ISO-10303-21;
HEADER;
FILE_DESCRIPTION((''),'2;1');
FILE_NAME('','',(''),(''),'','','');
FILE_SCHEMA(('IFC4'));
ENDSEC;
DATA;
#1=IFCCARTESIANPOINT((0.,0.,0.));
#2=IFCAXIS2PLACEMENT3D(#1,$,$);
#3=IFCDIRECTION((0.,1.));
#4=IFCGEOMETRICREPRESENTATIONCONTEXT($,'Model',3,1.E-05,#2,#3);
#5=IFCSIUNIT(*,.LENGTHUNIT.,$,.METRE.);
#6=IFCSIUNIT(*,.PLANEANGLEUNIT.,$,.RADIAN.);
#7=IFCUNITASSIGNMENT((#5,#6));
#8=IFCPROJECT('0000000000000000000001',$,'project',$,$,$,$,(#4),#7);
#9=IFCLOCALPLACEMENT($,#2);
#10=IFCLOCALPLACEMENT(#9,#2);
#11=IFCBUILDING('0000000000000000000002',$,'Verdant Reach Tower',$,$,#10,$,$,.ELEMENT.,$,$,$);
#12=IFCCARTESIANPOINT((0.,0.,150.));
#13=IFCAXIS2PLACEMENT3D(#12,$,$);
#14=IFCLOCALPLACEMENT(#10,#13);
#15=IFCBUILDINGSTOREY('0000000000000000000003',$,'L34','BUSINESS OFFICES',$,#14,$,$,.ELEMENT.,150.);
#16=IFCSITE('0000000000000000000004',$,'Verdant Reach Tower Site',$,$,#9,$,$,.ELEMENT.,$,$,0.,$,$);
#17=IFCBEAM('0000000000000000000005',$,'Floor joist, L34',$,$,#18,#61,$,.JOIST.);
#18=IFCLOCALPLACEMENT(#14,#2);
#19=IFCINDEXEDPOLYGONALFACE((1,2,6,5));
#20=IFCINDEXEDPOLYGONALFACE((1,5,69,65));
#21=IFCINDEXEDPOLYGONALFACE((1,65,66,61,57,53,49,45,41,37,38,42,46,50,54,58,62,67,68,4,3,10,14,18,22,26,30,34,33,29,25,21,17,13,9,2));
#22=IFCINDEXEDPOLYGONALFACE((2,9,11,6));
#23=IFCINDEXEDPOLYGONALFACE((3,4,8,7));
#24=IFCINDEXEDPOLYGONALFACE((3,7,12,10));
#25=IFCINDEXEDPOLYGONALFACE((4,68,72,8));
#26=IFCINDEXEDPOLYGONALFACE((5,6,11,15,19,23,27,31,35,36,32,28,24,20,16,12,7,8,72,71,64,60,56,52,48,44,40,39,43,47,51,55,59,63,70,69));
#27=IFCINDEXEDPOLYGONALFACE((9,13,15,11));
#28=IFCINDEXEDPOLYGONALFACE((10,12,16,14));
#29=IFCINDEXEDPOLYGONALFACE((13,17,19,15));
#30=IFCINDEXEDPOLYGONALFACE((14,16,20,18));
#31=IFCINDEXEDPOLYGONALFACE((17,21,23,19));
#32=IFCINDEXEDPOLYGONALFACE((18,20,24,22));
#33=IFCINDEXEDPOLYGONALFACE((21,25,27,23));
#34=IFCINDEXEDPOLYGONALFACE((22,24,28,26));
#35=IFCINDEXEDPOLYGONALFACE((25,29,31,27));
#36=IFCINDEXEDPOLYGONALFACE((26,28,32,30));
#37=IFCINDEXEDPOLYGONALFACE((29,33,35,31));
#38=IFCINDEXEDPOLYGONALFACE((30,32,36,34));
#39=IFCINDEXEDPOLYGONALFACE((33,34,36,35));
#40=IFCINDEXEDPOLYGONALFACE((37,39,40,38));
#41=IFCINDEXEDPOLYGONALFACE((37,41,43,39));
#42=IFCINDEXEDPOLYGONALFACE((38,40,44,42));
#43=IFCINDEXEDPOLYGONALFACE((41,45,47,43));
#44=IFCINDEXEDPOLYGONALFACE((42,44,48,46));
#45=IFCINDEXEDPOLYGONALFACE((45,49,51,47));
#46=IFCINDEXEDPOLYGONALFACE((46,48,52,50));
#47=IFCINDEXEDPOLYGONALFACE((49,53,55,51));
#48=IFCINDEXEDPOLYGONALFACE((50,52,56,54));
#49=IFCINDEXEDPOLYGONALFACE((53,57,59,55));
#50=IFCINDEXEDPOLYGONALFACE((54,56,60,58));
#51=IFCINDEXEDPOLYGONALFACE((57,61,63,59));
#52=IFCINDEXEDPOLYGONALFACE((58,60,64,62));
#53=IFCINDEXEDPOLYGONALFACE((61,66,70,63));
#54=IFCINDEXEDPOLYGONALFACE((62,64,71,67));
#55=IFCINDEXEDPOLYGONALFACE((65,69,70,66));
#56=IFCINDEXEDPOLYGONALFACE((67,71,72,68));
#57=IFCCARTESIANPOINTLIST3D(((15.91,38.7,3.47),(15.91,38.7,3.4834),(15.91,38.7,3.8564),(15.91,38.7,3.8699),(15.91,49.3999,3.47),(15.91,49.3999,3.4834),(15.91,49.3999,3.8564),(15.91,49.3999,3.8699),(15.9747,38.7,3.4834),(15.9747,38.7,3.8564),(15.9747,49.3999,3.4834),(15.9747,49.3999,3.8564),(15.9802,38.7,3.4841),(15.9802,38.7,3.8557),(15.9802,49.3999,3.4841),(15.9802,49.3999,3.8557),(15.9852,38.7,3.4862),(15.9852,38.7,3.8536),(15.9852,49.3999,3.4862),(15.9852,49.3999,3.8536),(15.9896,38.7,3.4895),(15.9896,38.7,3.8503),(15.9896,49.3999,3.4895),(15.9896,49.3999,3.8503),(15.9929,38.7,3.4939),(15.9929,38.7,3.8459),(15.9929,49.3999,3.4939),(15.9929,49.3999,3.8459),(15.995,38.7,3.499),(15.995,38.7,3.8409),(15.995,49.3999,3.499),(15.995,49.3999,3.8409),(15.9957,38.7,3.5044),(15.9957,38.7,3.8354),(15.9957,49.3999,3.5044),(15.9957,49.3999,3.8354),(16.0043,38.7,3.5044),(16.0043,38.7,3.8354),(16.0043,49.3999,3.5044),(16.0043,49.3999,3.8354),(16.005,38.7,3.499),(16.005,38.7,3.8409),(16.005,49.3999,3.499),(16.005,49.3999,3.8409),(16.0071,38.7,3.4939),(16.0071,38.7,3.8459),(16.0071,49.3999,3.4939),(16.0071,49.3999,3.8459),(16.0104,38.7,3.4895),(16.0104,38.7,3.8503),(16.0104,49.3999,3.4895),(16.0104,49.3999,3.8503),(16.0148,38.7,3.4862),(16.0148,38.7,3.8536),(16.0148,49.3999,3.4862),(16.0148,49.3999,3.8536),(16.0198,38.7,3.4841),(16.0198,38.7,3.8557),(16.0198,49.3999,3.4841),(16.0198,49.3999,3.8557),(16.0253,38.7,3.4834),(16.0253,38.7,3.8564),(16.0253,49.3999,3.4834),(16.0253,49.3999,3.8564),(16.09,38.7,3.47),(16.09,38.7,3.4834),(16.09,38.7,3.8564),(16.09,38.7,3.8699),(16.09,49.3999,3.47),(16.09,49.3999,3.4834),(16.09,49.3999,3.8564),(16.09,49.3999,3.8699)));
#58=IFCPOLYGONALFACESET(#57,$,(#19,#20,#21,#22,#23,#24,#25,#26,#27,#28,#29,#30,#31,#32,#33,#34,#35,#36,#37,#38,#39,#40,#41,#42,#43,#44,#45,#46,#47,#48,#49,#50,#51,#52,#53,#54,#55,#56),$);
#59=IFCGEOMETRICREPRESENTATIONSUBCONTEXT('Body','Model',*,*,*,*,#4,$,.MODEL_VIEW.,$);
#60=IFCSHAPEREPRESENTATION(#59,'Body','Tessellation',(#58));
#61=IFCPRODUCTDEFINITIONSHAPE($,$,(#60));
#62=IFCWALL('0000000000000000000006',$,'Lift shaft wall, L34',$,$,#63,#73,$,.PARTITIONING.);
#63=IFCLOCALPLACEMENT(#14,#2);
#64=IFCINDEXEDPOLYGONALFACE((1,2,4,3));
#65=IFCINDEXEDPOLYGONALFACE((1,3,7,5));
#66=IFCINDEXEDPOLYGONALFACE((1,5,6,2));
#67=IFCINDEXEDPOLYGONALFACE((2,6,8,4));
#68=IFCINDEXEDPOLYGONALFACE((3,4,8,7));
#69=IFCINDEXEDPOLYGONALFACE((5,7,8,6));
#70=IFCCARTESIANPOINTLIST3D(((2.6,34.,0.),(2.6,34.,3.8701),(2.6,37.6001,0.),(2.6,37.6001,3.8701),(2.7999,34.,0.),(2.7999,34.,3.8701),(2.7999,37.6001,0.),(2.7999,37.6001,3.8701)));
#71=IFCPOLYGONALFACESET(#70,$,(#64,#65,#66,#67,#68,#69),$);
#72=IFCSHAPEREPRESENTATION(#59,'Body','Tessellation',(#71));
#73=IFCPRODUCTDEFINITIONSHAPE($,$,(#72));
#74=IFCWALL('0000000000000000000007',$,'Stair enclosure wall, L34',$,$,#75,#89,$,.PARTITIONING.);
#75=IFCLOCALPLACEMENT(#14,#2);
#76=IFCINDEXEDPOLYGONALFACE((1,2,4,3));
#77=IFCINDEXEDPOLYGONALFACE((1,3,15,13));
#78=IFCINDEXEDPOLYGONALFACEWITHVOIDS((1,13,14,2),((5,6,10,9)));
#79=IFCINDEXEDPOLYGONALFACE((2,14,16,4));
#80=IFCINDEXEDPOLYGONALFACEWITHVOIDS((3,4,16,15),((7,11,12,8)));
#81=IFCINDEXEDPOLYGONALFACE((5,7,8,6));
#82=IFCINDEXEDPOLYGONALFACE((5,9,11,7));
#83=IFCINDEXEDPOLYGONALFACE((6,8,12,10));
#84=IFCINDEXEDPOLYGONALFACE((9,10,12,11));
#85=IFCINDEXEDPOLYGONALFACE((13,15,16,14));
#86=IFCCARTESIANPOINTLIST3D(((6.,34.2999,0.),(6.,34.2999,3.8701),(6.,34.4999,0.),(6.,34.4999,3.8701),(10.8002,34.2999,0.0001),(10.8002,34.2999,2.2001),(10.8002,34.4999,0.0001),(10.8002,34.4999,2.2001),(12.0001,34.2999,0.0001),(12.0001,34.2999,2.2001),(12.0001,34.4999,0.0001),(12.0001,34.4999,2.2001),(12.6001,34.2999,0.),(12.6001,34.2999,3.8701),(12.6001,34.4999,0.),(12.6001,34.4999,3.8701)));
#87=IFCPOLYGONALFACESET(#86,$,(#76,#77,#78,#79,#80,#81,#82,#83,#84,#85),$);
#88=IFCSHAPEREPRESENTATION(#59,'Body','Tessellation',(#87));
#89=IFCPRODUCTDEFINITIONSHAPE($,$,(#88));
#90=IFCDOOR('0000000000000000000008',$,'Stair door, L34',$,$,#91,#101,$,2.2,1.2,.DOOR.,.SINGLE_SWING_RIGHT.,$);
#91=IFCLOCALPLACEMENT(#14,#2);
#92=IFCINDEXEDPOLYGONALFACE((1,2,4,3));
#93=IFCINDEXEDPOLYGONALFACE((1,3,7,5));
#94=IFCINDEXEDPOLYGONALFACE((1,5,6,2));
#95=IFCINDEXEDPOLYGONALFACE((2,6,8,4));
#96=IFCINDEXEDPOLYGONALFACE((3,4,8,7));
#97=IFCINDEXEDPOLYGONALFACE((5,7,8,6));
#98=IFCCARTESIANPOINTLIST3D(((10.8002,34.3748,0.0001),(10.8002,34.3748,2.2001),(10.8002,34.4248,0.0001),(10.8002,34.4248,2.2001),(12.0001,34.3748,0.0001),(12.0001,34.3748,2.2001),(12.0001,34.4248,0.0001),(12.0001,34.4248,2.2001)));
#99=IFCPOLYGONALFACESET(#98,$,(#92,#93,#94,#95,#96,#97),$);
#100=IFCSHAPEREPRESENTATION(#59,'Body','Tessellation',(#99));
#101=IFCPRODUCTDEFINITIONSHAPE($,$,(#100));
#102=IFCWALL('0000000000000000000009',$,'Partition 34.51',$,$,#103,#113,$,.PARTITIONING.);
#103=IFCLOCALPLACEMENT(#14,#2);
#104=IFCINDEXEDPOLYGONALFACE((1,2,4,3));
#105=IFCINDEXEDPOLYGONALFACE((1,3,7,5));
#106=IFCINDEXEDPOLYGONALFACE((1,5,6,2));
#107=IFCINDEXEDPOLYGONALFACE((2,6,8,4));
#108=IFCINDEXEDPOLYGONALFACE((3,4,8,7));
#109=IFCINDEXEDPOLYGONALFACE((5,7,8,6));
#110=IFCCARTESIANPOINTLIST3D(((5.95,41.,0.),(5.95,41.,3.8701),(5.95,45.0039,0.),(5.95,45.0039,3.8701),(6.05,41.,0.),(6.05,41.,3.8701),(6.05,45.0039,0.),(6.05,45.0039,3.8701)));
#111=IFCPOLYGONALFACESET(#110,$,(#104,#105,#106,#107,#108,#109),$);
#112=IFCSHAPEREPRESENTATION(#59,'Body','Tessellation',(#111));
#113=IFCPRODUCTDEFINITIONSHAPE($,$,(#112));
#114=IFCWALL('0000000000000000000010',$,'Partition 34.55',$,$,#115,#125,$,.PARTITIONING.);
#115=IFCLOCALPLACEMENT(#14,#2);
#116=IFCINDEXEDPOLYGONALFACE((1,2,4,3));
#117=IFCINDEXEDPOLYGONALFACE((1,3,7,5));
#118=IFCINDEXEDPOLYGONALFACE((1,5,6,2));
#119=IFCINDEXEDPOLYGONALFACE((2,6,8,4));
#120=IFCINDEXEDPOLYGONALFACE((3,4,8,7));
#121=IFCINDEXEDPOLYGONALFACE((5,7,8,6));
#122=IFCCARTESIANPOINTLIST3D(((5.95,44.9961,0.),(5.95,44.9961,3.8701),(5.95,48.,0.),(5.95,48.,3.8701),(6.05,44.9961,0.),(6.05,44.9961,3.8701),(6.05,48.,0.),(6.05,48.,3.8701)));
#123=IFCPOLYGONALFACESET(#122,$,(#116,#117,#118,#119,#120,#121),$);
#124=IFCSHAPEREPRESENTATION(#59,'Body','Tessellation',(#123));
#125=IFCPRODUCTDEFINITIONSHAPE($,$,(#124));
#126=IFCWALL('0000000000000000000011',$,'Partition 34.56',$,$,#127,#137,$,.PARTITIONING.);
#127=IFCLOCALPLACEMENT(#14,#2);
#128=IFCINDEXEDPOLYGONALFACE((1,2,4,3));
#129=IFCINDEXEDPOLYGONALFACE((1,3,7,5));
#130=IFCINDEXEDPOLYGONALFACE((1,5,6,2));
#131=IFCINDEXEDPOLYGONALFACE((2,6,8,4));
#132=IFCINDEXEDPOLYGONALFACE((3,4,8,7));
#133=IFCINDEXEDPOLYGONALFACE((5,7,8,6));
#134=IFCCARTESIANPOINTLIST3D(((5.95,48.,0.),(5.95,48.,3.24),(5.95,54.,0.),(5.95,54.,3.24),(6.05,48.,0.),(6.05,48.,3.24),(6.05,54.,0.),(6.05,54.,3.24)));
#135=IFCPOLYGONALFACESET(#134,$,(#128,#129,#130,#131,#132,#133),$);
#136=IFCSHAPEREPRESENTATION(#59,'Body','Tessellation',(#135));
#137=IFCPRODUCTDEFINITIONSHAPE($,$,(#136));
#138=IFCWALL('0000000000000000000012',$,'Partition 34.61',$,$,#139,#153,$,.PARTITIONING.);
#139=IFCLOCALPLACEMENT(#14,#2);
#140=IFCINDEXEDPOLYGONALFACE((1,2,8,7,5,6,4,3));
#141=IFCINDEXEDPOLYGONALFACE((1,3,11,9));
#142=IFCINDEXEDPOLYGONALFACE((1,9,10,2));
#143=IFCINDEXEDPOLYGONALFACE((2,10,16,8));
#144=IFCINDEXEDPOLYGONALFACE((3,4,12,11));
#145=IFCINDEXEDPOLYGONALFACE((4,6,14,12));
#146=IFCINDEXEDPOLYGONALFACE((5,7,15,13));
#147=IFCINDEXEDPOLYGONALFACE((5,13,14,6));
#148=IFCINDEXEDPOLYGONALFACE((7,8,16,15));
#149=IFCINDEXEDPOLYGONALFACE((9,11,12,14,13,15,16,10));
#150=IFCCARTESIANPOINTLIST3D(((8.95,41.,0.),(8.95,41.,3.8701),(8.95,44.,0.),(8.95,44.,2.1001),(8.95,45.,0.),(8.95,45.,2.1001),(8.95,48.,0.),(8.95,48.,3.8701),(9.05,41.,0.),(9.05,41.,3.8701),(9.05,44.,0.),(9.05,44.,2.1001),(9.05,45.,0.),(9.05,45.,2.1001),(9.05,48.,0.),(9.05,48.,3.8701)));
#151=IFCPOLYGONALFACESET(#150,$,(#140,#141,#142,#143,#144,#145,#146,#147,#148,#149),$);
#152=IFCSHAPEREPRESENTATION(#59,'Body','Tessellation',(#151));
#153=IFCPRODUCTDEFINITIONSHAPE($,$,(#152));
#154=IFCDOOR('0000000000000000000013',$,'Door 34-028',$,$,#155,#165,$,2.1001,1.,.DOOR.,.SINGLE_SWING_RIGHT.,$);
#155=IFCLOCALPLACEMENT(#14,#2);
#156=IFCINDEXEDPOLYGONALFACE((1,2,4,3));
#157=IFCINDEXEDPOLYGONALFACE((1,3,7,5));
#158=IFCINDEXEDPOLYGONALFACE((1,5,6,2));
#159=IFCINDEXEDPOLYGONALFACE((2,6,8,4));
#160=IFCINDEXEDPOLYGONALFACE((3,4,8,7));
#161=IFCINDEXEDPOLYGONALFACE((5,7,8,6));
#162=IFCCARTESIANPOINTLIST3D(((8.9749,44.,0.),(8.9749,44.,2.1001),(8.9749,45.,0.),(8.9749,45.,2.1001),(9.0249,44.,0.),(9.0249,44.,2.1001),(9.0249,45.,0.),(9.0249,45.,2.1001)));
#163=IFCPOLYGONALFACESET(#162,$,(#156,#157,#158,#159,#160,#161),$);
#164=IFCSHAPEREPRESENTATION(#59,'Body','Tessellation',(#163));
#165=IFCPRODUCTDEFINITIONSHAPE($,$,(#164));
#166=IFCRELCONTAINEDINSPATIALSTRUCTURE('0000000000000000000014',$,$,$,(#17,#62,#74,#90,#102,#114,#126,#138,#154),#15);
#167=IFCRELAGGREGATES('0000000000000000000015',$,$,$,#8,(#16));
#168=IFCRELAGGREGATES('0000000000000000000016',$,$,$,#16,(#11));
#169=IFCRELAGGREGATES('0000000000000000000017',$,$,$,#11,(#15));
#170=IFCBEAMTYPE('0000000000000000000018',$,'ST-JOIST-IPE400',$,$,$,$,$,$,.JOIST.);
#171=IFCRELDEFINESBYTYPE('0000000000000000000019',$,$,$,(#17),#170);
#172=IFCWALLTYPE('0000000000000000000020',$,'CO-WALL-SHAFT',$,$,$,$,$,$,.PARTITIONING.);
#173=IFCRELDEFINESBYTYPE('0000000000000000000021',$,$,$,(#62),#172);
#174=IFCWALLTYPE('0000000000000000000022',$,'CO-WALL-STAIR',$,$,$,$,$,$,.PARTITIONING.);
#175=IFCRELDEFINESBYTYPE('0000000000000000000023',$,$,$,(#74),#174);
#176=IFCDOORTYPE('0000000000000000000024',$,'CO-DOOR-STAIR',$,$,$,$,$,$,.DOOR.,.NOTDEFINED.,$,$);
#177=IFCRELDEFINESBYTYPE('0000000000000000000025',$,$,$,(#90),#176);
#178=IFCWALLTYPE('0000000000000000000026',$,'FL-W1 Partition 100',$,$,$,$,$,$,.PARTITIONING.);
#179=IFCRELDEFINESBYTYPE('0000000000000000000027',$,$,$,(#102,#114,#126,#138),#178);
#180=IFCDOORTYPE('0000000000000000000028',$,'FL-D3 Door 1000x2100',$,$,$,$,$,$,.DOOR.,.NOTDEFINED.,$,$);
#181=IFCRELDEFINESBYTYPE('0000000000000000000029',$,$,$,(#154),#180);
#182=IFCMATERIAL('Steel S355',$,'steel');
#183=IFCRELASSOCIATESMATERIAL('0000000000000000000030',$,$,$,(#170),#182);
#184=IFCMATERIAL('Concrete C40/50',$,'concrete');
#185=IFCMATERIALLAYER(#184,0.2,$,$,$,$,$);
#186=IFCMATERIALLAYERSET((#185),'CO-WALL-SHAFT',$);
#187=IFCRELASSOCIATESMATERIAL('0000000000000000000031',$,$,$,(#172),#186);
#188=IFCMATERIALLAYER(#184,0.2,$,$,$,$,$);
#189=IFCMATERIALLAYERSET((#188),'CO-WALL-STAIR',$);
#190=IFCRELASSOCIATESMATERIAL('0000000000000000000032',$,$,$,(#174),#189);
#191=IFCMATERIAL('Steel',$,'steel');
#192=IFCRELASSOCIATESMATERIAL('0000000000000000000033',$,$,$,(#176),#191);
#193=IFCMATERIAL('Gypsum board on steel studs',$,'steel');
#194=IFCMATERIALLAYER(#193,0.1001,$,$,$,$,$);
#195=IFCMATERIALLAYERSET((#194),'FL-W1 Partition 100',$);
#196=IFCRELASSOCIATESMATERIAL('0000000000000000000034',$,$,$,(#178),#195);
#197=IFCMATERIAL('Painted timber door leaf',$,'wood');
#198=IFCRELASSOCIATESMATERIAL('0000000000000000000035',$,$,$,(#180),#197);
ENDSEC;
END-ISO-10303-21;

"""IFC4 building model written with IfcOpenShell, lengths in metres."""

from ifc_helpers import new_model, si_unit, direction, frame, frame_2d, origin, origin_2d, place, context, subcontext, project, spatial, rectangle, i_section, extrude, material, layer, layer_set, material_profile, profile_set, type_object, element, fill, save


model = new_model("IFC4")

# Units and contexts
model_context = context("Model", 3, precision=1e-05, world=origin(), true_north=direction((0.0, 1.0)))
body_context = subcontext(model_context, "Body", "Model", "MODEL_VIEW")
ifc_project = project(units=[si_unit("LENGTHUNIT", "METRE"), si_unit("PLANEANGLEUNIT", "RADIAN")], contexts=[model_context])

# Site, building, storey
site_placement = place(None, origin())
site = spatial("IfcSite", under=ifc_project, at=site_placement, Name="Verdant Reach Tower Site", CompositionType="ELEMENT", RefElevation=0.0)
building_placement = place(site_placement, origin())
building = spatial("IfcBuilding", under=site, at=building_placement, Name="Verdant Reach Tower", CompositionType="ELEMENT")
storey_placement = place(building_placement, frame((0.0, 0.0, 150.0)))
storey = spatial("IfcBuildingStorey", under=building, at=storey_placement, Name="L34", Description="BUSINESS OFFICES", CompositionType="ELEMENT", Elevation=150.0)

# Beam
ifc_material_1 = material(Name="Steel S355", Category="steel")
ifc_material_profile_1 = material_profile(ifc_material_1, i_section(OverallWidth=0.1799, OverallDepth=0.3999, WebThickness=0.0085, FlangeThickness=0.0134, FilletRadius=0.021, at=origin_2d()), Name="IPE 400")
ifc_profile_set_1 = profile_set([ifc_material_profile_1], Name="Steel S355")
beam_type_1 = type_object("IfcBeamType", Name="ST-JOIST-IPE400", PredefinedType="JOIST", material=ifc_profile_set_1)
beam_1_placement = place(storey_placement, frame((16.0, 38.7, 3.6699), z_axis=(0.0, 1.0, 0.0), x_axis=(-1.0, 0.0, 0.0)))
element("IfcBeam", 1, at=beam_1_placement, inside=storey, type_object=beam_type_1, Name="Floor joist, L34", PredefinedType="JOIST", context=body_context, shape_type="SweptSolid", body=[
    extrude(i_section(OverallWidth=0.1799, OverallDepth=0.3999, WebThickness=0.0085, FlangeThickness=0.0134, FilletRadius=0.021, at=origin_2d()), origin(), (0.0, 0.0, 1.0), 10.7),
])

# Wall
ifc_material_2 = material(Name="Concrete C40/50", Category="concrete")
ifc_layer_1 = layer(ifc_material_2, 0.2)
ifc_layer_set_1 = layer_set([ifc_layer_1], Name="CO-WALL-SHAFT")
wall_type_1 = type_object("IfcWallType", Name="CO-WALL-SHAFT", PredefinedType="PARTITIONING", material=ifc_layer_set_1)
wall_1_placement = place(storey_placement, frame((2.7, 34.0, 0.0), z_axis=(0.0, 0.0, 1.0), x_axis=(0.0, 1.0, 0.0)))
element("IfcWall", 2, at=wall_1_placement, inside=storey, type_object=wall_type_1, Name="Lift shaft wall, L34", PredefinedType="PARTITIONING", context=body_context, shape_type="SweptSolid", body=[
    extrude(rectangle(XDim=3.6001, YDim=0.2, at=frame_2d((1.8, 0.0))), origin(), (0.0, 0.0, 1.0), 3.8701),
])

# Wall, opening, door
ifc_layer_2 = layer(ifc_material_2, 0.2)
ifc_layer_set_2 = layer_set([ifc_layer_2], Name="CO-WALL-STAIR")
wall_type_2 = type_object("IfcWallType", Name="CO-WALL-STAIR", PredefinedType="PARTITIONING", material=ifc_layer_set_2)
wall_2_placement = place(storey_placement, frame((6.0, 34.3999, 0.0), z_axis=(0.0, 0.0, 1.0), x_axis=(1.0, 0.0, 0.0)))
wall_2 = element("IfcWall", 3, at=wall_2_placement, inside=storey, type_object=wall_type_2, Name="Stair enclosure wall, L34", PredefinedType="PARTITIONING", context=body_context, shape_type="SweptSolid", body=[
    extrude(rectangle(XDim=6.6001, YDim=0.2, at=frame_2d((3.3, 0.0))), origin(), (0.0, 0.0, 1.0), 3.8701),
])
opening_1_placement = place(wall_2_placement, frame((4.8, 0.0, 0.0)))
opening_1 = element("IfcOpeningElement", 4, at=opening_1_placement, cuts=wall_2, PredefinedType="OPENING", context=body_context, shape_type="SweptSolid", body=[
    extrude(rectangle(XDim=1.2, YDim=2.2, at=frame_2d((0.6001, 1.1001))), frame((0.0, 0.1099, 0.0), z_axis=(0.0, -1.0, 0.0), x_axis=(1.0, 0.0, 0.0)), (0.0, 0.0, 1.0), 0.22),
])
ifc_material_3 = material(Name="Steel", Category="steel")
door_type_1 = type_object("IfcDoorType", Name="CO-DOOR-STAIR", OperationType="NOTDEFINED", PredefinedType="DOOR", material=ifc_material_3)
door_1_placement = place(opening_1_placement, origin())
door_1 = element("IfcDoor", 5, at=door_1_placement, inside=storey, type_object=door_type_1, Name="Stair door, L34", OperationType="SINGLE_SWING_RIGHT", OverallHeight=2.2, OverallWidth=1.2, PredefinedType="DOOR", context=body_context, shape_type="SweptSolid", body=[
    extrude(rectangle(XDim=1.2, YDim=2.2, at=frame_2d((0.6001, 1.1001))), frame((0.0, 0.0249, 0.0), z_axis=(0.0, -1.0, 0.0), x_axis=(1.0, 0.0, 0.0)), (0.0, 0.0, 1.0), 0.05),
])
fill(opening_1, door_1)

# Walls
ifc_material_4 = material(Name="Gypsum board on steel studs", Category="steel")
ifc_layer_3 = layer(ifc_material_4, 0.1001)
ifc_layer_set_3 = layer_set([ifc_layer_3], Name="FL-W1 Partition 100")
wall_type_3 = type_object("IfcWallType", Name="FL-W1 Partition 100", PredefinedType="PARTITIONING", material=ifc_layer_set_3)
wall_3_placement = place(storey_placement, frame((6.0, 41.0, 0.0), z_axis=(0.0, 0.0, 1.0), x_axis=(0.0, 1.0, 0.0)))
element("IfcWall", 6, at=wall_3_placement, inside=storey, type_object=wall_type_3, Name="Partition 34.51", PredefinedType="PARTITIONING", context=body_context, shape_type="SweptSolid", body=[
    extrude(rectangle(XDim=4.0039, YDim=0.1001, at=frame_2d((2.002, 0.0))), origin(), (0.0, 0.0, 1.0), 3.8701),
])
wall_4_placement = place(storey_placement, frame((6.0, 44.9961, 0.0), z_axis=(0.0, 0.0, 1.0), x_axis=(0.0, 1.0, 0.0)))
element("IfcWall", 7, at=wall_4_placement, inside=storey, type_object=wall_type_3, Name="Partition 34.55", PredefinedType="PARTITIONING", context=body_context, shape_type="SweptSolid", body=[
    extrude(rectangle(XDim=3.0039, YDim=0.1001, at=frame_2d((1.502, 0.0))), origin(), (0.0, 0.0, 1.0), 3.8701),
])
wall_5_placement = place(storey_placement, frame((6.0, 48.0, 0.0), z_axis=(0.0, 0.0, 1.0), x_axis=(0.0, 1.0, 0.0)))
element("IfcWall", 8, at=wall_5_placement, inside=storey, type_object=wall_type_3, Name="Partition 34.56", PredefinedType="PARTITIONING", context=body_context, shape_type="SweptSolid", body=[
    extrude(rectangle(XDim=6.0, YDim=0.1001, at=frame_2d((3.0, 0.0))), origin(), (0.0, 0.0, 1.0), 3.24),
])

# Wall, opening, door
wall_6_placement = place(storey_placement, frame((9.0, 48.0, 0.0), z_axis=(0.0, 0.0, 1.0), x_axis=(0.0, -1.0, 0.0)))
wall_6 = element("IfcWall", 9, at=wall_6_placement, inside=storey, type_object=wall_type_3, Name="Partition 34.61", PredefinedType="PARTITIONING", context=body_context, shape_type="SweptSolid", body=[
    extrude(rectangle(XDim=7.0, YDim=0.1001, at=frame_2d((3.5, 0.0))), origin(), (0.0, 0.0, 1.0), 3.8701),
])
opening_2_placement = place(wall_6_placement, frame((3.0, 0.0, 0.0)))
opening_2 = element("IfcOpeningElement", 10, at=opening_2_placement, cuts=wall_6, PredefinedType="OPENING", context=body_context, shape_type="SweptSolid", body=[
    extrude(rectangle(XDim=1.0, YDim=2.1001, at=frame_2d((0.5, 1.05))), frame((0.0, 0.0601, 0.0), z_axis=(0.0, -1.0, 0.0), x_axis=(1.0, 0.0, 0.0)), (0.0, 0.0, 1.0), 0.1201),
])
ifc_material_5 = material(Name="Painted timber door leaf", Category="wood")
door_type_2 = type_object("IfcDoorType", Name="FL-D3 Door 1000x2100", OperationType="NOTDEFINED", PredefinedType="DOOR", material=ifc_material_5)
door_2_placement = place(opening_2_placement, origin())
door_2 = element("IfcDoor", 11, at=door_2_placement, inside=storey, type_object=door_type_2, Name="Door 34-028", OperationType="SINGLE_SWING_RIGHT", OverallHeight=2.1001, OverallWidth=1.0, PredefinedType="DOOR", context=body_context, shape_type="SweptSolid", body=[
    extrude(rectangle(XDim=1.0, YDim=2.1001, at=frame_2d((0.5, 1.05))), frame((0.0, 0.0249, 0.0), z_axis=(0.0, -1.0, 0.0), x_axis=(1.0, 0.0, 0.0)), (0.0, 0.0, 1.0), 0.05),
])
fill(opening_2, door_2)

save(model, "model.ifc")
